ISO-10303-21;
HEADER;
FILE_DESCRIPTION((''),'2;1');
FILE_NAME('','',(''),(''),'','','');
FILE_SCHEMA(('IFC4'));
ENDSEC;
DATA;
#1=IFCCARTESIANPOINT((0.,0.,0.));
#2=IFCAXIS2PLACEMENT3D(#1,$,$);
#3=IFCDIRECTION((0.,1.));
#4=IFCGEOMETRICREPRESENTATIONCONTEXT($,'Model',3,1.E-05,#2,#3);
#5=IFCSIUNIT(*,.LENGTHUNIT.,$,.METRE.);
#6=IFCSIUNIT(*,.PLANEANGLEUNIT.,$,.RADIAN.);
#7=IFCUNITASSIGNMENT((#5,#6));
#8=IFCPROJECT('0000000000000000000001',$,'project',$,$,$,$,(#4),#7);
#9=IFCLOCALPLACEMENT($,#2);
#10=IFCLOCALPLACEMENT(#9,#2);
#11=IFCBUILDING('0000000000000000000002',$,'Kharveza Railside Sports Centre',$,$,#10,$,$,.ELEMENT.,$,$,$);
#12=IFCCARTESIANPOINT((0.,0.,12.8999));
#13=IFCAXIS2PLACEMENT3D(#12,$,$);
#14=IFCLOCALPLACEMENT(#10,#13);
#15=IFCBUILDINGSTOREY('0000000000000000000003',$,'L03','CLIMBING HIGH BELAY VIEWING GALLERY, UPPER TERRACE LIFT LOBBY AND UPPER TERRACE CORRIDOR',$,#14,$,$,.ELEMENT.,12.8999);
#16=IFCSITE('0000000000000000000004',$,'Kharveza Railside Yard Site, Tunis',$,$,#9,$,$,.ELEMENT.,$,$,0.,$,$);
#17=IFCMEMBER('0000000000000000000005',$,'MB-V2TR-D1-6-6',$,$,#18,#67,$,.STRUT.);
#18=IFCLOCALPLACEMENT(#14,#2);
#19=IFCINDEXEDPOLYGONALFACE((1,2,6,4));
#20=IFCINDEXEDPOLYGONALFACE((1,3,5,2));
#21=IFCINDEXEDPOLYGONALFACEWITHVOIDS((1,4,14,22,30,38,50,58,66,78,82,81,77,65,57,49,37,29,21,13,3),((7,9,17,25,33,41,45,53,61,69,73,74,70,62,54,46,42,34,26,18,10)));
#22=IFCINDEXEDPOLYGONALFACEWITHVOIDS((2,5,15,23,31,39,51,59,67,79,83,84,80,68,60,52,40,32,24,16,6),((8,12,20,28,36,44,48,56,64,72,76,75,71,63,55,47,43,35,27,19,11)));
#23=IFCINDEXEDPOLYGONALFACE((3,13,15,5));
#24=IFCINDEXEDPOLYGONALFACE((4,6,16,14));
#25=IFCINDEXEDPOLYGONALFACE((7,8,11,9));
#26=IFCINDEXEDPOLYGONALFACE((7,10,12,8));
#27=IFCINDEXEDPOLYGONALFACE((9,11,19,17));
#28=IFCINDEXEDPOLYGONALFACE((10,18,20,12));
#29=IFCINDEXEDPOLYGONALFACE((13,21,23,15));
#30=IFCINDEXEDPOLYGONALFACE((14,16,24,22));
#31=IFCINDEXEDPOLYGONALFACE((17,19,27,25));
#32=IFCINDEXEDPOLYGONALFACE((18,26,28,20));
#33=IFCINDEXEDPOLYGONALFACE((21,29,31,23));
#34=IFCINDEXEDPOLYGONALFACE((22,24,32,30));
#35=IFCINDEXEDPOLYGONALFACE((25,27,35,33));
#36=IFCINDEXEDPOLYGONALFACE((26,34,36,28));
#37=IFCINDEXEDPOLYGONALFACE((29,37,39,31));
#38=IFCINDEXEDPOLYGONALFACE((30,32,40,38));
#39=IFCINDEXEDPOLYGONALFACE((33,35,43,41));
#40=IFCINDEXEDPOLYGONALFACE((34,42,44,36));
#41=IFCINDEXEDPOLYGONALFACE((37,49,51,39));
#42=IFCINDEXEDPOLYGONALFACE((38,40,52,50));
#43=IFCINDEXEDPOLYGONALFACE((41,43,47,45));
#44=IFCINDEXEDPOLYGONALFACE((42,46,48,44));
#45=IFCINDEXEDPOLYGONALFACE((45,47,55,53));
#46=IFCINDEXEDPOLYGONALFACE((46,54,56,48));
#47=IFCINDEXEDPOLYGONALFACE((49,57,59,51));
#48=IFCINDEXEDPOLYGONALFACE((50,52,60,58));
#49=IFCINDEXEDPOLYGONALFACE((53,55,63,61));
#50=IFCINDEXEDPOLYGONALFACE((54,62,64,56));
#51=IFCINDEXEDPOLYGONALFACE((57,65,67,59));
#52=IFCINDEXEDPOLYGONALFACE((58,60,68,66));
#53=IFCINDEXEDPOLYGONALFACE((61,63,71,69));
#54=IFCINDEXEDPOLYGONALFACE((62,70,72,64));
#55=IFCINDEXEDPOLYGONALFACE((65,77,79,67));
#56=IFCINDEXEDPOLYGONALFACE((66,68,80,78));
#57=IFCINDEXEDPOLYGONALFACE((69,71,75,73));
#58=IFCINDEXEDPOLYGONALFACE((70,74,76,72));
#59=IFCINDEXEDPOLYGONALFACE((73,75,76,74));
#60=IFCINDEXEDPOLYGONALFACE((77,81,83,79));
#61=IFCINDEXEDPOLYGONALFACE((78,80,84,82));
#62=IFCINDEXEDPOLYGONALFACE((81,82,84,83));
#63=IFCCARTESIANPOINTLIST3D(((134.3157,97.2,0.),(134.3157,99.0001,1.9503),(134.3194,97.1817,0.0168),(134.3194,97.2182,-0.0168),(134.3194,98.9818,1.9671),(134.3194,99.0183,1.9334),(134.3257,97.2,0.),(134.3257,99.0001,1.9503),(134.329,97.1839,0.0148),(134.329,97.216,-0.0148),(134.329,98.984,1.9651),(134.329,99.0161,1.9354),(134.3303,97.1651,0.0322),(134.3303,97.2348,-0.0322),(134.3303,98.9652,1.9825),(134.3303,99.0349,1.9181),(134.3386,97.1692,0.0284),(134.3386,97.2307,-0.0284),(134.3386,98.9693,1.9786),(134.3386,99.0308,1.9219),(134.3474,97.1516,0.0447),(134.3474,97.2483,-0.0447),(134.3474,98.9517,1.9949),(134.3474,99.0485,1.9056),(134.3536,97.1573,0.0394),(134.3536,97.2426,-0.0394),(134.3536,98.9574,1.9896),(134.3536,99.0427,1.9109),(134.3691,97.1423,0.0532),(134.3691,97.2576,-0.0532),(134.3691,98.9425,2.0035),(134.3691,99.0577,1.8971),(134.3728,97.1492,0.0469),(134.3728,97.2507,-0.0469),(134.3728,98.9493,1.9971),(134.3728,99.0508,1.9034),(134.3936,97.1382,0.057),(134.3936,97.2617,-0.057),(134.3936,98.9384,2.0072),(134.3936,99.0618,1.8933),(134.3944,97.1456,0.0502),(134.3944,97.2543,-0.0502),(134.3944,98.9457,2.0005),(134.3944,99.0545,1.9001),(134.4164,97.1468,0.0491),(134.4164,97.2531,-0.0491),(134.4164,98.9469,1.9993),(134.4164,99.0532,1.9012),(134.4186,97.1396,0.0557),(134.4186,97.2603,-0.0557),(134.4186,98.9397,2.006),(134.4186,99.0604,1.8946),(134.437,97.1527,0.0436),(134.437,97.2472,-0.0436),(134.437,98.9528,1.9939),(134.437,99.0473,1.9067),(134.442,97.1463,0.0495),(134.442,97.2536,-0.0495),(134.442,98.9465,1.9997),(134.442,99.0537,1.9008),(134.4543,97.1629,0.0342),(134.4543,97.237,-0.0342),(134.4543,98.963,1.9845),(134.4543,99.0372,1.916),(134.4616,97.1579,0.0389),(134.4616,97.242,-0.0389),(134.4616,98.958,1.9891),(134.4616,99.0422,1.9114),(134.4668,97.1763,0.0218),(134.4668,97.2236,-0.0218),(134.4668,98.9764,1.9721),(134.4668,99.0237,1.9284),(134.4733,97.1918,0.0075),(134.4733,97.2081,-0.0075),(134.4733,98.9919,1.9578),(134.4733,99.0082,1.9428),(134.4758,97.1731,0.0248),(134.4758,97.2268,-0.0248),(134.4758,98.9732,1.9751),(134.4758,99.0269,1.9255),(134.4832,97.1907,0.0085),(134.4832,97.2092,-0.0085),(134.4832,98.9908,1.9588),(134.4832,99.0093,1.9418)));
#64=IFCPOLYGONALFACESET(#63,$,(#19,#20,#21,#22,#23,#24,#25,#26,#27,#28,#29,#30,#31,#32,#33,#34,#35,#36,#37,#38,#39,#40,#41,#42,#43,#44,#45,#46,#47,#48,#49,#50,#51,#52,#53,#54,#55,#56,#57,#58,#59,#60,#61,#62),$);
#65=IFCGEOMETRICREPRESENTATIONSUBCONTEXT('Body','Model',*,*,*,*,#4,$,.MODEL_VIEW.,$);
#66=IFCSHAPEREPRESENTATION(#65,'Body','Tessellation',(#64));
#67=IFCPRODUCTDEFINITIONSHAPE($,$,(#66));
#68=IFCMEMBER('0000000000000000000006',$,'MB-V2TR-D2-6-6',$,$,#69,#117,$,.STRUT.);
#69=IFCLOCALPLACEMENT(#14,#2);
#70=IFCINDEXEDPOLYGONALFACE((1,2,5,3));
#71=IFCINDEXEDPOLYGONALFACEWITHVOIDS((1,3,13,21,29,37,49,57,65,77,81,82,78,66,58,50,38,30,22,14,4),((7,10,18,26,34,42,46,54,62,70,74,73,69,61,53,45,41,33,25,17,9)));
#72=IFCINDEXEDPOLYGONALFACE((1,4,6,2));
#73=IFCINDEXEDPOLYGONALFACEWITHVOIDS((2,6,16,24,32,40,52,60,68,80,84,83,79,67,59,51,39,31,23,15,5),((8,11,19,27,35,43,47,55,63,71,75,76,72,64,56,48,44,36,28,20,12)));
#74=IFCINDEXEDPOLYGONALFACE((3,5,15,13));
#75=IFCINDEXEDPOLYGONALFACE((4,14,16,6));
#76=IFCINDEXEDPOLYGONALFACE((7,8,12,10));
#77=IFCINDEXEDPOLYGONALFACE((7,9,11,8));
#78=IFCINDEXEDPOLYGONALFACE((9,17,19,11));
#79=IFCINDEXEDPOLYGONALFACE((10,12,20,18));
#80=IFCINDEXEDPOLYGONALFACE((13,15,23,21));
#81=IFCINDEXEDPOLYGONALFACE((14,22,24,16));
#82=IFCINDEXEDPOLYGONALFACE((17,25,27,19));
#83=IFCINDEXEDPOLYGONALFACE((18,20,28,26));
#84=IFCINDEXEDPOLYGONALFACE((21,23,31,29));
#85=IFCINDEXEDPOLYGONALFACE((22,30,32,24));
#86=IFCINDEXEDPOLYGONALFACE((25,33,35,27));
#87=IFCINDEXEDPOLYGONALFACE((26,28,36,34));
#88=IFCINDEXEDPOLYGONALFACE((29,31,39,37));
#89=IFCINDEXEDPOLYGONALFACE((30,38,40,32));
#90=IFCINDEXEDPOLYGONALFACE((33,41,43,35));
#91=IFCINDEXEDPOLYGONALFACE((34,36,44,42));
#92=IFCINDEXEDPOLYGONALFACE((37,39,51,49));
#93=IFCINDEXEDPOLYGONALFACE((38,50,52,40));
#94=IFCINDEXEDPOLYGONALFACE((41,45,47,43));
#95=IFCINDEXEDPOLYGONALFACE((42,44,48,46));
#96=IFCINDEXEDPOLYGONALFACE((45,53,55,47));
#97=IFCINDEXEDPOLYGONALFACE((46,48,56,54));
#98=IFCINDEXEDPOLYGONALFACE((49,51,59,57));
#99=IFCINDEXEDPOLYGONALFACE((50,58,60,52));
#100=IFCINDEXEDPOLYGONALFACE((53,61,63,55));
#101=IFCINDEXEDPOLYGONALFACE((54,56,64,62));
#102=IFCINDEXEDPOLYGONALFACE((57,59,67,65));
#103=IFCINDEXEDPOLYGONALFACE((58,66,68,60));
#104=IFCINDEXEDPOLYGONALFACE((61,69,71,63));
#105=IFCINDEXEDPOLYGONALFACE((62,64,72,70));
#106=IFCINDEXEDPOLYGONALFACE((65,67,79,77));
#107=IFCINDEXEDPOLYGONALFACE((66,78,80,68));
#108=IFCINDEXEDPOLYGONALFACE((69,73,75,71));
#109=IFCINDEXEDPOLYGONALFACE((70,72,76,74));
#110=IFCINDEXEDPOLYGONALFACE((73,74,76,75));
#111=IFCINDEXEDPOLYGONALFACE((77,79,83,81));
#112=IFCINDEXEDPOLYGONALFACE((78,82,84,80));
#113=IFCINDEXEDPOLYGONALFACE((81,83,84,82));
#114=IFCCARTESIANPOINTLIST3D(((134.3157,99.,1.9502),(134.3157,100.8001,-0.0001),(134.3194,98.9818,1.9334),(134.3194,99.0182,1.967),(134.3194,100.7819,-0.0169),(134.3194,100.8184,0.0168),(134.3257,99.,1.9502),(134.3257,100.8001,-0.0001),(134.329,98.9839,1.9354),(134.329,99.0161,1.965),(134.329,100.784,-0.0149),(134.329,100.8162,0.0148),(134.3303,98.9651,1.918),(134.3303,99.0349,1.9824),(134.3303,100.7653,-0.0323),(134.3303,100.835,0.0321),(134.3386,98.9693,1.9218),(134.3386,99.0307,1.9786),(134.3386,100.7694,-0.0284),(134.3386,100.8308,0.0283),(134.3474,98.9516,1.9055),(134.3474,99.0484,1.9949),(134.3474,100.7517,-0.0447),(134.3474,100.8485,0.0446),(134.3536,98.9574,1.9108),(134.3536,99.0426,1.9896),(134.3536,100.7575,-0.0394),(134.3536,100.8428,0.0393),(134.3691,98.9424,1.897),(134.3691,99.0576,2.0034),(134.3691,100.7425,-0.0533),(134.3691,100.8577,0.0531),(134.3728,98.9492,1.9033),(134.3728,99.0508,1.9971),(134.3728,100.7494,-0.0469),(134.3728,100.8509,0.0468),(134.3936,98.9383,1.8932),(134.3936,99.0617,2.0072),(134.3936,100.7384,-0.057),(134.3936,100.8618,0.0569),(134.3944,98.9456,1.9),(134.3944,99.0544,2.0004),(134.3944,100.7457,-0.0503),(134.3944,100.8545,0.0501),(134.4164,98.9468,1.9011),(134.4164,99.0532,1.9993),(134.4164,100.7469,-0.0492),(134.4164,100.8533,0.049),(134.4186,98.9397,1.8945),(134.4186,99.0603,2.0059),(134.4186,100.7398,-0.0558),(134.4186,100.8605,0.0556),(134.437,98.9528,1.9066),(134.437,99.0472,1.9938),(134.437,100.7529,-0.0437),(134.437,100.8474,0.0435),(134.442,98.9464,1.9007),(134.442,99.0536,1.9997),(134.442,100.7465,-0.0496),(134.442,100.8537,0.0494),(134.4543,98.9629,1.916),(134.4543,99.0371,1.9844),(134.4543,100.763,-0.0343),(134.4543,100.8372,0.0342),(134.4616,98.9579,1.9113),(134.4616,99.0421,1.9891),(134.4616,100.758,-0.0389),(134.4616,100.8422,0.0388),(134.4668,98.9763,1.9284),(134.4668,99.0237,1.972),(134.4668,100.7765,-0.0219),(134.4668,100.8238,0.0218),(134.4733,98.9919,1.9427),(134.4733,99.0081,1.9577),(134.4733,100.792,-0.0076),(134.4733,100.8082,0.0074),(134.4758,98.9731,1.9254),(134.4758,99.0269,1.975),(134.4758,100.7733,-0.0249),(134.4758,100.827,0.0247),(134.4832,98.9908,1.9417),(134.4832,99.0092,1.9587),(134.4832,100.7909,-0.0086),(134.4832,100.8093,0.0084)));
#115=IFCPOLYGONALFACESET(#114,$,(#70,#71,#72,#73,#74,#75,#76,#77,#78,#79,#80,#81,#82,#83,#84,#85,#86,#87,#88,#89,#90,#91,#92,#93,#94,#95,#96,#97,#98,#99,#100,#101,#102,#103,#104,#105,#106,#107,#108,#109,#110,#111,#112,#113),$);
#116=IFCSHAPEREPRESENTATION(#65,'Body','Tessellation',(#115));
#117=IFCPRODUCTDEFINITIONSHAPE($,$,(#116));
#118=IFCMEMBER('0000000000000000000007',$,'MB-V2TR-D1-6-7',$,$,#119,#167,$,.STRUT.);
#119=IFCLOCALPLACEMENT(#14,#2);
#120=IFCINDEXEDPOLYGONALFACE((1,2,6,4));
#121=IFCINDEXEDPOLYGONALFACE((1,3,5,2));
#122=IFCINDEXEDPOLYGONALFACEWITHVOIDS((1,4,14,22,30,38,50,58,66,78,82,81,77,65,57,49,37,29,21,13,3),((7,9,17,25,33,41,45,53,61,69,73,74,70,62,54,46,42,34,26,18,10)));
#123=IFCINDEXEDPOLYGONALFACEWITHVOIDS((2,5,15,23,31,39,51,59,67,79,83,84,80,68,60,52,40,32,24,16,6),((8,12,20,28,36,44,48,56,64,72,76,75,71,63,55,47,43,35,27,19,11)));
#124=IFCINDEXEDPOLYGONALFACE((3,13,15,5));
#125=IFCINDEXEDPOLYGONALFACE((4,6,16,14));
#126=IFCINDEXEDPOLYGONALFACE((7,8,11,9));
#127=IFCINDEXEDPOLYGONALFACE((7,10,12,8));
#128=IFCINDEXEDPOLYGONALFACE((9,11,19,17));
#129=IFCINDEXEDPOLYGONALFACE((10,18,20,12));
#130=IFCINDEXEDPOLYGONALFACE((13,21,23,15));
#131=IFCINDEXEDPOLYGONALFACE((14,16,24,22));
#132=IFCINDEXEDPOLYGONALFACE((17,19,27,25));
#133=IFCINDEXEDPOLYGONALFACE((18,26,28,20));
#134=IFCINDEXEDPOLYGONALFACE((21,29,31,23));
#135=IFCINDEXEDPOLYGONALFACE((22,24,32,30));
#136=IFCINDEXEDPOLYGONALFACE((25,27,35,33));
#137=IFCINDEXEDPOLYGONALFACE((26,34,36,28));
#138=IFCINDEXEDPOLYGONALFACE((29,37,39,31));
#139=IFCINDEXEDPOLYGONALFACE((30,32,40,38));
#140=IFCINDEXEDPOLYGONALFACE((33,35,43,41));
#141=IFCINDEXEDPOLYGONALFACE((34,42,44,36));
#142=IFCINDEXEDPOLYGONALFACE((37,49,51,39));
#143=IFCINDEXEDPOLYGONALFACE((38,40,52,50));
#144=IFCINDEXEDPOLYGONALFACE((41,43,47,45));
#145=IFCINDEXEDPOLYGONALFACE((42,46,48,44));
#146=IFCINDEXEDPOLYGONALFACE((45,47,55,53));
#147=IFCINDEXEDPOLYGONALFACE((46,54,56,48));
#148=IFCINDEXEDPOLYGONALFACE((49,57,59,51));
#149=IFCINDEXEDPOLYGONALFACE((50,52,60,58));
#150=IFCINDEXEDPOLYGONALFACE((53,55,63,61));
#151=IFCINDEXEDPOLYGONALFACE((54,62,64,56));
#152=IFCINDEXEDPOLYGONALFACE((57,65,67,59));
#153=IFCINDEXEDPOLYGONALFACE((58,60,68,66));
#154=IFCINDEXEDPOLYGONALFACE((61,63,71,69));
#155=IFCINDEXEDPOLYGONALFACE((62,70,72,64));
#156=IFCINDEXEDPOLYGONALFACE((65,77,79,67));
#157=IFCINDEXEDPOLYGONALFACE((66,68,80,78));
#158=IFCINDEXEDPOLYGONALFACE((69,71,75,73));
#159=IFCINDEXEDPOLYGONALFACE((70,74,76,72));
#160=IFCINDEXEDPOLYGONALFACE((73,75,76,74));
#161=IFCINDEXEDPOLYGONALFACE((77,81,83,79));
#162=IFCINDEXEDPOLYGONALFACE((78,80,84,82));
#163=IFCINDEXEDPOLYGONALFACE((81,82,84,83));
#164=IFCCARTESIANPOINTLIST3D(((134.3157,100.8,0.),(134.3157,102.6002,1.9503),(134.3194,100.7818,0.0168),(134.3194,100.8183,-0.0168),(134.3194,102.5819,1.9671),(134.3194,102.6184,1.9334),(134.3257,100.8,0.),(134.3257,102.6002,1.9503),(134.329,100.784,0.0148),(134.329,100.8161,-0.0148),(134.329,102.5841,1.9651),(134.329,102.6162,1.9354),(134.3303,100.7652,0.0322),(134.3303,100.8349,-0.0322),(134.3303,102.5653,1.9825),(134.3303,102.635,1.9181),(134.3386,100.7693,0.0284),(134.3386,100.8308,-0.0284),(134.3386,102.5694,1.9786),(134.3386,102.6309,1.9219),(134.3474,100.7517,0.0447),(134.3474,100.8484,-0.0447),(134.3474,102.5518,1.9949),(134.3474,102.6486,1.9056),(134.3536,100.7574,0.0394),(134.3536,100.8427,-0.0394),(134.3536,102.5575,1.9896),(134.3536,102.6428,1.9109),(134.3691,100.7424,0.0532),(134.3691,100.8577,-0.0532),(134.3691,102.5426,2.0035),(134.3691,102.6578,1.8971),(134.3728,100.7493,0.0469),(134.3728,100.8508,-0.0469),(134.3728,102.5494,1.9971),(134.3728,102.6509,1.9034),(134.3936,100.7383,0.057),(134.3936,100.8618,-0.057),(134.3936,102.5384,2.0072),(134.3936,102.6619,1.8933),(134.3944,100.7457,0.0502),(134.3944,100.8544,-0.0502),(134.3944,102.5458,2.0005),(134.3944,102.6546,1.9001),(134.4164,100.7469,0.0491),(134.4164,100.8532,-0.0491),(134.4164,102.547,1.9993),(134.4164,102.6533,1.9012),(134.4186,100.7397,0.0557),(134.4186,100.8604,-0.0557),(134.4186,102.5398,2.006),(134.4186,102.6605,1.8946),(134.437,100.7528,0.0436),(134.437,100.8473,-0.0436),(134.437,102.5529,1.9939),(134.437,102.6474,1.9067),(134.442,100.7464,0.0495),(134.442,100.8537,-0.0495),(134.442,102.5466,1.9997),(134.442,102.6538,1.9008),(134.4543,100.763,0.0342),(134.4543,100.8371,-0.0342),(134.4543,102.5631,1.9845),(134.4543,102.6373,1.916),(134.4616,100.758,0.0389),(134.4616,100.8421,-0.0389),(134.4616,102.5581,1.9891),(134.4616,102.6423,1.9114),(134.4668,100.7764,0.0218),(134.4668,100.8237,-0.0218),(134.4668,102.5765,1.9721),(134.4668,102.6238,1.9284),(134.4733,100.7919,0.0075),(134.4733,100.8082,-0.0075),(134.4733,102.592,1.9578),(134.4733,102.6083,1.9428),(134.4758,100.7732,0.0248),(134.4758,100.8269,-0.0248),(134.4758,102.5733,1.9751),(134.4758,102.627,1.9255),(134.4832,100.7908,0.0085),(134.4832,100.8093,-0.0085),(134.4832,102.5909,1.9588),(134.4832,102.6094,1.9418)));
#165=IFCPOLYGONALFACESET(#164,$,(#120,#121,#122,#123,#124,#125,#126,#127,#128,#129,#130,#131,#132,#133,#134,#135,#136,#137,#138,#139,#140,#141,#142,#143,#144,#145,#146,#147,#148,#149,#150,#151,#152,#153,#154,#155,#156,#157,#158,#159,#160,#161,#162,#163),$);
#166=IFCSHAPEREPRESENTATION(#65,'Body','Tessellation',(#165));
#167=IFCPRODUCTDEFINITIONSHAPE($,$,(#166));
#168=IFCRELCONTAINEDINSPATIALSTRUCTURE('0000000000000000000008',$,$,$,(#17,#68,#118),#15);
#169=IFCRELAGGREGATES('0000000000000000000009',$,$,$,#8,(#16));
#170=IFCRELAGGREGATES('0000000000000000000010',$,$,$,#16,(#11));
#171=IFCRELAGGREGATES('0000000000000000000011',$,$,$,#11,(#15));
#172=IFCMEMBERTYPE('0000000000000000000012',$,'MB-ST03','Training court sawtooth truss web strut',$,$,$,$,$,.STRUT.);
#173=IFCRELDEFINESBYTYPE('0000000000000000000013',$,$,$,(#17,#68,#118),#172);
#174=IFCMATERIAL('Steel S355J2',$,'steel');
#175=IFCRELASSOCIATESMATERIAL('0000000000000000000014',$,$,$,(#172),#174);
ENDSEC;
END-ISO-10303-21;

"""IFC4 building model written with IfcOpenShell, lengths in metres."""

from ifc_helpers import new_model, si_unit, direction, frame, origin, origin_2d, place, context, subcontext, project, spatial, hollow_circle, extrude, material, material_profile, profile_set, type_object, element, save


model = new_model("IFC4")

# Units and contexts
model_context = context("Model", 3, precision=1e-05, world=origin(), true_north=direction((0.0, 1.0)))
body_context = subcontext(model_context, "Body", "Model", "MODEL_VIEW")
ifc_project = project(units=[si_unit("LENGTHUNIT", "METRE"), si_unit("PLANEANGLEUNIT", "RADIAN")], contexts=[model_context])

# Site, building, storey
site_placement = place(None, origin())
site = spatial("IfcSite", under=ifc_project, at=site_placement, Name="Kharveza Railside Yard Site, Tunis", CompositionType="ELEMENT", RefElevation=0.0)
building_placement = place(site_placement, origin())
building = spatial("IfcBuilding", under=site, at=building_placement, Name="Kharveza Railside Sports Centre", CompositionType="ELEMENT")
storey_placement = place(building_placement, frame((0.0, 0.0, 12.8999)))
storey = spatial("IfcBuildingStorey", under=building, at=storey_placement, Name="L03", Description="CLIMBING HIGH BELAY VIEWING GALLERY, UPPER TERRACE LIFT LOBBY AND UPPER TERRACE CORRIDOR", CompositionType="ELEMENT", Elevation=12.8999)

# Shared definitions
ifc_material_1 = material(Name="Steel S355J2", Category="steel")

# Members
ifc_material_profile_1 = material_profile(ifc_material_1, hollow_circle(Radius=0.0842, WallThickness=0.01, at=origin_2d()), Name="CHS 168.3x10.0")
ifc_profile_set_1 = profile_set([ifc_material_profile_1], Name="Steel S355J2")
member_type_1 = type_object("IfcMemberType", Name="MB-ST03", Description="Training court sawtooth truss web strut", PredefinedType="STRUT", material=ifc_profile_set_1)
for number, where, z_axis, x_axis, name in (
    (1, (134.3999, 97.2, 0.0), (0.0, 0.678253, 0.734828), (-1.0, 0.0, 0.0), "MB-V2TR-D1-6-6"),
    (2, (134.3999, 99.0, 1.9502), (0.0, 0.678253, -0.734828), (-1.0, 0.0, 0.0), "MB-V2TR-D2-6-6"),
    (3, (134.3999, 100.8, 0.0), (0.0, 0.678253, 0.734828), (-1.0, 0.0, 0.0), "MB-V2TR-D1-6-7"),
):
    element("IfcMember", number, at=place(storey_placement, frame(where, z_axis=z_axis, x_axis=x_axis)), inside=storey, type_object=member_type_1, Name=name, PredefinedType="STRUT", context=body_context, shape_type="SweptSolid", body=[
        extrude(hollow_circle(Radius=0.0842, WallThickness=0.01, at=origin_2d()), origin(), (0.0, 0.0, 1.0), 2.6541),
    ])

save(model, "model.ifc")
